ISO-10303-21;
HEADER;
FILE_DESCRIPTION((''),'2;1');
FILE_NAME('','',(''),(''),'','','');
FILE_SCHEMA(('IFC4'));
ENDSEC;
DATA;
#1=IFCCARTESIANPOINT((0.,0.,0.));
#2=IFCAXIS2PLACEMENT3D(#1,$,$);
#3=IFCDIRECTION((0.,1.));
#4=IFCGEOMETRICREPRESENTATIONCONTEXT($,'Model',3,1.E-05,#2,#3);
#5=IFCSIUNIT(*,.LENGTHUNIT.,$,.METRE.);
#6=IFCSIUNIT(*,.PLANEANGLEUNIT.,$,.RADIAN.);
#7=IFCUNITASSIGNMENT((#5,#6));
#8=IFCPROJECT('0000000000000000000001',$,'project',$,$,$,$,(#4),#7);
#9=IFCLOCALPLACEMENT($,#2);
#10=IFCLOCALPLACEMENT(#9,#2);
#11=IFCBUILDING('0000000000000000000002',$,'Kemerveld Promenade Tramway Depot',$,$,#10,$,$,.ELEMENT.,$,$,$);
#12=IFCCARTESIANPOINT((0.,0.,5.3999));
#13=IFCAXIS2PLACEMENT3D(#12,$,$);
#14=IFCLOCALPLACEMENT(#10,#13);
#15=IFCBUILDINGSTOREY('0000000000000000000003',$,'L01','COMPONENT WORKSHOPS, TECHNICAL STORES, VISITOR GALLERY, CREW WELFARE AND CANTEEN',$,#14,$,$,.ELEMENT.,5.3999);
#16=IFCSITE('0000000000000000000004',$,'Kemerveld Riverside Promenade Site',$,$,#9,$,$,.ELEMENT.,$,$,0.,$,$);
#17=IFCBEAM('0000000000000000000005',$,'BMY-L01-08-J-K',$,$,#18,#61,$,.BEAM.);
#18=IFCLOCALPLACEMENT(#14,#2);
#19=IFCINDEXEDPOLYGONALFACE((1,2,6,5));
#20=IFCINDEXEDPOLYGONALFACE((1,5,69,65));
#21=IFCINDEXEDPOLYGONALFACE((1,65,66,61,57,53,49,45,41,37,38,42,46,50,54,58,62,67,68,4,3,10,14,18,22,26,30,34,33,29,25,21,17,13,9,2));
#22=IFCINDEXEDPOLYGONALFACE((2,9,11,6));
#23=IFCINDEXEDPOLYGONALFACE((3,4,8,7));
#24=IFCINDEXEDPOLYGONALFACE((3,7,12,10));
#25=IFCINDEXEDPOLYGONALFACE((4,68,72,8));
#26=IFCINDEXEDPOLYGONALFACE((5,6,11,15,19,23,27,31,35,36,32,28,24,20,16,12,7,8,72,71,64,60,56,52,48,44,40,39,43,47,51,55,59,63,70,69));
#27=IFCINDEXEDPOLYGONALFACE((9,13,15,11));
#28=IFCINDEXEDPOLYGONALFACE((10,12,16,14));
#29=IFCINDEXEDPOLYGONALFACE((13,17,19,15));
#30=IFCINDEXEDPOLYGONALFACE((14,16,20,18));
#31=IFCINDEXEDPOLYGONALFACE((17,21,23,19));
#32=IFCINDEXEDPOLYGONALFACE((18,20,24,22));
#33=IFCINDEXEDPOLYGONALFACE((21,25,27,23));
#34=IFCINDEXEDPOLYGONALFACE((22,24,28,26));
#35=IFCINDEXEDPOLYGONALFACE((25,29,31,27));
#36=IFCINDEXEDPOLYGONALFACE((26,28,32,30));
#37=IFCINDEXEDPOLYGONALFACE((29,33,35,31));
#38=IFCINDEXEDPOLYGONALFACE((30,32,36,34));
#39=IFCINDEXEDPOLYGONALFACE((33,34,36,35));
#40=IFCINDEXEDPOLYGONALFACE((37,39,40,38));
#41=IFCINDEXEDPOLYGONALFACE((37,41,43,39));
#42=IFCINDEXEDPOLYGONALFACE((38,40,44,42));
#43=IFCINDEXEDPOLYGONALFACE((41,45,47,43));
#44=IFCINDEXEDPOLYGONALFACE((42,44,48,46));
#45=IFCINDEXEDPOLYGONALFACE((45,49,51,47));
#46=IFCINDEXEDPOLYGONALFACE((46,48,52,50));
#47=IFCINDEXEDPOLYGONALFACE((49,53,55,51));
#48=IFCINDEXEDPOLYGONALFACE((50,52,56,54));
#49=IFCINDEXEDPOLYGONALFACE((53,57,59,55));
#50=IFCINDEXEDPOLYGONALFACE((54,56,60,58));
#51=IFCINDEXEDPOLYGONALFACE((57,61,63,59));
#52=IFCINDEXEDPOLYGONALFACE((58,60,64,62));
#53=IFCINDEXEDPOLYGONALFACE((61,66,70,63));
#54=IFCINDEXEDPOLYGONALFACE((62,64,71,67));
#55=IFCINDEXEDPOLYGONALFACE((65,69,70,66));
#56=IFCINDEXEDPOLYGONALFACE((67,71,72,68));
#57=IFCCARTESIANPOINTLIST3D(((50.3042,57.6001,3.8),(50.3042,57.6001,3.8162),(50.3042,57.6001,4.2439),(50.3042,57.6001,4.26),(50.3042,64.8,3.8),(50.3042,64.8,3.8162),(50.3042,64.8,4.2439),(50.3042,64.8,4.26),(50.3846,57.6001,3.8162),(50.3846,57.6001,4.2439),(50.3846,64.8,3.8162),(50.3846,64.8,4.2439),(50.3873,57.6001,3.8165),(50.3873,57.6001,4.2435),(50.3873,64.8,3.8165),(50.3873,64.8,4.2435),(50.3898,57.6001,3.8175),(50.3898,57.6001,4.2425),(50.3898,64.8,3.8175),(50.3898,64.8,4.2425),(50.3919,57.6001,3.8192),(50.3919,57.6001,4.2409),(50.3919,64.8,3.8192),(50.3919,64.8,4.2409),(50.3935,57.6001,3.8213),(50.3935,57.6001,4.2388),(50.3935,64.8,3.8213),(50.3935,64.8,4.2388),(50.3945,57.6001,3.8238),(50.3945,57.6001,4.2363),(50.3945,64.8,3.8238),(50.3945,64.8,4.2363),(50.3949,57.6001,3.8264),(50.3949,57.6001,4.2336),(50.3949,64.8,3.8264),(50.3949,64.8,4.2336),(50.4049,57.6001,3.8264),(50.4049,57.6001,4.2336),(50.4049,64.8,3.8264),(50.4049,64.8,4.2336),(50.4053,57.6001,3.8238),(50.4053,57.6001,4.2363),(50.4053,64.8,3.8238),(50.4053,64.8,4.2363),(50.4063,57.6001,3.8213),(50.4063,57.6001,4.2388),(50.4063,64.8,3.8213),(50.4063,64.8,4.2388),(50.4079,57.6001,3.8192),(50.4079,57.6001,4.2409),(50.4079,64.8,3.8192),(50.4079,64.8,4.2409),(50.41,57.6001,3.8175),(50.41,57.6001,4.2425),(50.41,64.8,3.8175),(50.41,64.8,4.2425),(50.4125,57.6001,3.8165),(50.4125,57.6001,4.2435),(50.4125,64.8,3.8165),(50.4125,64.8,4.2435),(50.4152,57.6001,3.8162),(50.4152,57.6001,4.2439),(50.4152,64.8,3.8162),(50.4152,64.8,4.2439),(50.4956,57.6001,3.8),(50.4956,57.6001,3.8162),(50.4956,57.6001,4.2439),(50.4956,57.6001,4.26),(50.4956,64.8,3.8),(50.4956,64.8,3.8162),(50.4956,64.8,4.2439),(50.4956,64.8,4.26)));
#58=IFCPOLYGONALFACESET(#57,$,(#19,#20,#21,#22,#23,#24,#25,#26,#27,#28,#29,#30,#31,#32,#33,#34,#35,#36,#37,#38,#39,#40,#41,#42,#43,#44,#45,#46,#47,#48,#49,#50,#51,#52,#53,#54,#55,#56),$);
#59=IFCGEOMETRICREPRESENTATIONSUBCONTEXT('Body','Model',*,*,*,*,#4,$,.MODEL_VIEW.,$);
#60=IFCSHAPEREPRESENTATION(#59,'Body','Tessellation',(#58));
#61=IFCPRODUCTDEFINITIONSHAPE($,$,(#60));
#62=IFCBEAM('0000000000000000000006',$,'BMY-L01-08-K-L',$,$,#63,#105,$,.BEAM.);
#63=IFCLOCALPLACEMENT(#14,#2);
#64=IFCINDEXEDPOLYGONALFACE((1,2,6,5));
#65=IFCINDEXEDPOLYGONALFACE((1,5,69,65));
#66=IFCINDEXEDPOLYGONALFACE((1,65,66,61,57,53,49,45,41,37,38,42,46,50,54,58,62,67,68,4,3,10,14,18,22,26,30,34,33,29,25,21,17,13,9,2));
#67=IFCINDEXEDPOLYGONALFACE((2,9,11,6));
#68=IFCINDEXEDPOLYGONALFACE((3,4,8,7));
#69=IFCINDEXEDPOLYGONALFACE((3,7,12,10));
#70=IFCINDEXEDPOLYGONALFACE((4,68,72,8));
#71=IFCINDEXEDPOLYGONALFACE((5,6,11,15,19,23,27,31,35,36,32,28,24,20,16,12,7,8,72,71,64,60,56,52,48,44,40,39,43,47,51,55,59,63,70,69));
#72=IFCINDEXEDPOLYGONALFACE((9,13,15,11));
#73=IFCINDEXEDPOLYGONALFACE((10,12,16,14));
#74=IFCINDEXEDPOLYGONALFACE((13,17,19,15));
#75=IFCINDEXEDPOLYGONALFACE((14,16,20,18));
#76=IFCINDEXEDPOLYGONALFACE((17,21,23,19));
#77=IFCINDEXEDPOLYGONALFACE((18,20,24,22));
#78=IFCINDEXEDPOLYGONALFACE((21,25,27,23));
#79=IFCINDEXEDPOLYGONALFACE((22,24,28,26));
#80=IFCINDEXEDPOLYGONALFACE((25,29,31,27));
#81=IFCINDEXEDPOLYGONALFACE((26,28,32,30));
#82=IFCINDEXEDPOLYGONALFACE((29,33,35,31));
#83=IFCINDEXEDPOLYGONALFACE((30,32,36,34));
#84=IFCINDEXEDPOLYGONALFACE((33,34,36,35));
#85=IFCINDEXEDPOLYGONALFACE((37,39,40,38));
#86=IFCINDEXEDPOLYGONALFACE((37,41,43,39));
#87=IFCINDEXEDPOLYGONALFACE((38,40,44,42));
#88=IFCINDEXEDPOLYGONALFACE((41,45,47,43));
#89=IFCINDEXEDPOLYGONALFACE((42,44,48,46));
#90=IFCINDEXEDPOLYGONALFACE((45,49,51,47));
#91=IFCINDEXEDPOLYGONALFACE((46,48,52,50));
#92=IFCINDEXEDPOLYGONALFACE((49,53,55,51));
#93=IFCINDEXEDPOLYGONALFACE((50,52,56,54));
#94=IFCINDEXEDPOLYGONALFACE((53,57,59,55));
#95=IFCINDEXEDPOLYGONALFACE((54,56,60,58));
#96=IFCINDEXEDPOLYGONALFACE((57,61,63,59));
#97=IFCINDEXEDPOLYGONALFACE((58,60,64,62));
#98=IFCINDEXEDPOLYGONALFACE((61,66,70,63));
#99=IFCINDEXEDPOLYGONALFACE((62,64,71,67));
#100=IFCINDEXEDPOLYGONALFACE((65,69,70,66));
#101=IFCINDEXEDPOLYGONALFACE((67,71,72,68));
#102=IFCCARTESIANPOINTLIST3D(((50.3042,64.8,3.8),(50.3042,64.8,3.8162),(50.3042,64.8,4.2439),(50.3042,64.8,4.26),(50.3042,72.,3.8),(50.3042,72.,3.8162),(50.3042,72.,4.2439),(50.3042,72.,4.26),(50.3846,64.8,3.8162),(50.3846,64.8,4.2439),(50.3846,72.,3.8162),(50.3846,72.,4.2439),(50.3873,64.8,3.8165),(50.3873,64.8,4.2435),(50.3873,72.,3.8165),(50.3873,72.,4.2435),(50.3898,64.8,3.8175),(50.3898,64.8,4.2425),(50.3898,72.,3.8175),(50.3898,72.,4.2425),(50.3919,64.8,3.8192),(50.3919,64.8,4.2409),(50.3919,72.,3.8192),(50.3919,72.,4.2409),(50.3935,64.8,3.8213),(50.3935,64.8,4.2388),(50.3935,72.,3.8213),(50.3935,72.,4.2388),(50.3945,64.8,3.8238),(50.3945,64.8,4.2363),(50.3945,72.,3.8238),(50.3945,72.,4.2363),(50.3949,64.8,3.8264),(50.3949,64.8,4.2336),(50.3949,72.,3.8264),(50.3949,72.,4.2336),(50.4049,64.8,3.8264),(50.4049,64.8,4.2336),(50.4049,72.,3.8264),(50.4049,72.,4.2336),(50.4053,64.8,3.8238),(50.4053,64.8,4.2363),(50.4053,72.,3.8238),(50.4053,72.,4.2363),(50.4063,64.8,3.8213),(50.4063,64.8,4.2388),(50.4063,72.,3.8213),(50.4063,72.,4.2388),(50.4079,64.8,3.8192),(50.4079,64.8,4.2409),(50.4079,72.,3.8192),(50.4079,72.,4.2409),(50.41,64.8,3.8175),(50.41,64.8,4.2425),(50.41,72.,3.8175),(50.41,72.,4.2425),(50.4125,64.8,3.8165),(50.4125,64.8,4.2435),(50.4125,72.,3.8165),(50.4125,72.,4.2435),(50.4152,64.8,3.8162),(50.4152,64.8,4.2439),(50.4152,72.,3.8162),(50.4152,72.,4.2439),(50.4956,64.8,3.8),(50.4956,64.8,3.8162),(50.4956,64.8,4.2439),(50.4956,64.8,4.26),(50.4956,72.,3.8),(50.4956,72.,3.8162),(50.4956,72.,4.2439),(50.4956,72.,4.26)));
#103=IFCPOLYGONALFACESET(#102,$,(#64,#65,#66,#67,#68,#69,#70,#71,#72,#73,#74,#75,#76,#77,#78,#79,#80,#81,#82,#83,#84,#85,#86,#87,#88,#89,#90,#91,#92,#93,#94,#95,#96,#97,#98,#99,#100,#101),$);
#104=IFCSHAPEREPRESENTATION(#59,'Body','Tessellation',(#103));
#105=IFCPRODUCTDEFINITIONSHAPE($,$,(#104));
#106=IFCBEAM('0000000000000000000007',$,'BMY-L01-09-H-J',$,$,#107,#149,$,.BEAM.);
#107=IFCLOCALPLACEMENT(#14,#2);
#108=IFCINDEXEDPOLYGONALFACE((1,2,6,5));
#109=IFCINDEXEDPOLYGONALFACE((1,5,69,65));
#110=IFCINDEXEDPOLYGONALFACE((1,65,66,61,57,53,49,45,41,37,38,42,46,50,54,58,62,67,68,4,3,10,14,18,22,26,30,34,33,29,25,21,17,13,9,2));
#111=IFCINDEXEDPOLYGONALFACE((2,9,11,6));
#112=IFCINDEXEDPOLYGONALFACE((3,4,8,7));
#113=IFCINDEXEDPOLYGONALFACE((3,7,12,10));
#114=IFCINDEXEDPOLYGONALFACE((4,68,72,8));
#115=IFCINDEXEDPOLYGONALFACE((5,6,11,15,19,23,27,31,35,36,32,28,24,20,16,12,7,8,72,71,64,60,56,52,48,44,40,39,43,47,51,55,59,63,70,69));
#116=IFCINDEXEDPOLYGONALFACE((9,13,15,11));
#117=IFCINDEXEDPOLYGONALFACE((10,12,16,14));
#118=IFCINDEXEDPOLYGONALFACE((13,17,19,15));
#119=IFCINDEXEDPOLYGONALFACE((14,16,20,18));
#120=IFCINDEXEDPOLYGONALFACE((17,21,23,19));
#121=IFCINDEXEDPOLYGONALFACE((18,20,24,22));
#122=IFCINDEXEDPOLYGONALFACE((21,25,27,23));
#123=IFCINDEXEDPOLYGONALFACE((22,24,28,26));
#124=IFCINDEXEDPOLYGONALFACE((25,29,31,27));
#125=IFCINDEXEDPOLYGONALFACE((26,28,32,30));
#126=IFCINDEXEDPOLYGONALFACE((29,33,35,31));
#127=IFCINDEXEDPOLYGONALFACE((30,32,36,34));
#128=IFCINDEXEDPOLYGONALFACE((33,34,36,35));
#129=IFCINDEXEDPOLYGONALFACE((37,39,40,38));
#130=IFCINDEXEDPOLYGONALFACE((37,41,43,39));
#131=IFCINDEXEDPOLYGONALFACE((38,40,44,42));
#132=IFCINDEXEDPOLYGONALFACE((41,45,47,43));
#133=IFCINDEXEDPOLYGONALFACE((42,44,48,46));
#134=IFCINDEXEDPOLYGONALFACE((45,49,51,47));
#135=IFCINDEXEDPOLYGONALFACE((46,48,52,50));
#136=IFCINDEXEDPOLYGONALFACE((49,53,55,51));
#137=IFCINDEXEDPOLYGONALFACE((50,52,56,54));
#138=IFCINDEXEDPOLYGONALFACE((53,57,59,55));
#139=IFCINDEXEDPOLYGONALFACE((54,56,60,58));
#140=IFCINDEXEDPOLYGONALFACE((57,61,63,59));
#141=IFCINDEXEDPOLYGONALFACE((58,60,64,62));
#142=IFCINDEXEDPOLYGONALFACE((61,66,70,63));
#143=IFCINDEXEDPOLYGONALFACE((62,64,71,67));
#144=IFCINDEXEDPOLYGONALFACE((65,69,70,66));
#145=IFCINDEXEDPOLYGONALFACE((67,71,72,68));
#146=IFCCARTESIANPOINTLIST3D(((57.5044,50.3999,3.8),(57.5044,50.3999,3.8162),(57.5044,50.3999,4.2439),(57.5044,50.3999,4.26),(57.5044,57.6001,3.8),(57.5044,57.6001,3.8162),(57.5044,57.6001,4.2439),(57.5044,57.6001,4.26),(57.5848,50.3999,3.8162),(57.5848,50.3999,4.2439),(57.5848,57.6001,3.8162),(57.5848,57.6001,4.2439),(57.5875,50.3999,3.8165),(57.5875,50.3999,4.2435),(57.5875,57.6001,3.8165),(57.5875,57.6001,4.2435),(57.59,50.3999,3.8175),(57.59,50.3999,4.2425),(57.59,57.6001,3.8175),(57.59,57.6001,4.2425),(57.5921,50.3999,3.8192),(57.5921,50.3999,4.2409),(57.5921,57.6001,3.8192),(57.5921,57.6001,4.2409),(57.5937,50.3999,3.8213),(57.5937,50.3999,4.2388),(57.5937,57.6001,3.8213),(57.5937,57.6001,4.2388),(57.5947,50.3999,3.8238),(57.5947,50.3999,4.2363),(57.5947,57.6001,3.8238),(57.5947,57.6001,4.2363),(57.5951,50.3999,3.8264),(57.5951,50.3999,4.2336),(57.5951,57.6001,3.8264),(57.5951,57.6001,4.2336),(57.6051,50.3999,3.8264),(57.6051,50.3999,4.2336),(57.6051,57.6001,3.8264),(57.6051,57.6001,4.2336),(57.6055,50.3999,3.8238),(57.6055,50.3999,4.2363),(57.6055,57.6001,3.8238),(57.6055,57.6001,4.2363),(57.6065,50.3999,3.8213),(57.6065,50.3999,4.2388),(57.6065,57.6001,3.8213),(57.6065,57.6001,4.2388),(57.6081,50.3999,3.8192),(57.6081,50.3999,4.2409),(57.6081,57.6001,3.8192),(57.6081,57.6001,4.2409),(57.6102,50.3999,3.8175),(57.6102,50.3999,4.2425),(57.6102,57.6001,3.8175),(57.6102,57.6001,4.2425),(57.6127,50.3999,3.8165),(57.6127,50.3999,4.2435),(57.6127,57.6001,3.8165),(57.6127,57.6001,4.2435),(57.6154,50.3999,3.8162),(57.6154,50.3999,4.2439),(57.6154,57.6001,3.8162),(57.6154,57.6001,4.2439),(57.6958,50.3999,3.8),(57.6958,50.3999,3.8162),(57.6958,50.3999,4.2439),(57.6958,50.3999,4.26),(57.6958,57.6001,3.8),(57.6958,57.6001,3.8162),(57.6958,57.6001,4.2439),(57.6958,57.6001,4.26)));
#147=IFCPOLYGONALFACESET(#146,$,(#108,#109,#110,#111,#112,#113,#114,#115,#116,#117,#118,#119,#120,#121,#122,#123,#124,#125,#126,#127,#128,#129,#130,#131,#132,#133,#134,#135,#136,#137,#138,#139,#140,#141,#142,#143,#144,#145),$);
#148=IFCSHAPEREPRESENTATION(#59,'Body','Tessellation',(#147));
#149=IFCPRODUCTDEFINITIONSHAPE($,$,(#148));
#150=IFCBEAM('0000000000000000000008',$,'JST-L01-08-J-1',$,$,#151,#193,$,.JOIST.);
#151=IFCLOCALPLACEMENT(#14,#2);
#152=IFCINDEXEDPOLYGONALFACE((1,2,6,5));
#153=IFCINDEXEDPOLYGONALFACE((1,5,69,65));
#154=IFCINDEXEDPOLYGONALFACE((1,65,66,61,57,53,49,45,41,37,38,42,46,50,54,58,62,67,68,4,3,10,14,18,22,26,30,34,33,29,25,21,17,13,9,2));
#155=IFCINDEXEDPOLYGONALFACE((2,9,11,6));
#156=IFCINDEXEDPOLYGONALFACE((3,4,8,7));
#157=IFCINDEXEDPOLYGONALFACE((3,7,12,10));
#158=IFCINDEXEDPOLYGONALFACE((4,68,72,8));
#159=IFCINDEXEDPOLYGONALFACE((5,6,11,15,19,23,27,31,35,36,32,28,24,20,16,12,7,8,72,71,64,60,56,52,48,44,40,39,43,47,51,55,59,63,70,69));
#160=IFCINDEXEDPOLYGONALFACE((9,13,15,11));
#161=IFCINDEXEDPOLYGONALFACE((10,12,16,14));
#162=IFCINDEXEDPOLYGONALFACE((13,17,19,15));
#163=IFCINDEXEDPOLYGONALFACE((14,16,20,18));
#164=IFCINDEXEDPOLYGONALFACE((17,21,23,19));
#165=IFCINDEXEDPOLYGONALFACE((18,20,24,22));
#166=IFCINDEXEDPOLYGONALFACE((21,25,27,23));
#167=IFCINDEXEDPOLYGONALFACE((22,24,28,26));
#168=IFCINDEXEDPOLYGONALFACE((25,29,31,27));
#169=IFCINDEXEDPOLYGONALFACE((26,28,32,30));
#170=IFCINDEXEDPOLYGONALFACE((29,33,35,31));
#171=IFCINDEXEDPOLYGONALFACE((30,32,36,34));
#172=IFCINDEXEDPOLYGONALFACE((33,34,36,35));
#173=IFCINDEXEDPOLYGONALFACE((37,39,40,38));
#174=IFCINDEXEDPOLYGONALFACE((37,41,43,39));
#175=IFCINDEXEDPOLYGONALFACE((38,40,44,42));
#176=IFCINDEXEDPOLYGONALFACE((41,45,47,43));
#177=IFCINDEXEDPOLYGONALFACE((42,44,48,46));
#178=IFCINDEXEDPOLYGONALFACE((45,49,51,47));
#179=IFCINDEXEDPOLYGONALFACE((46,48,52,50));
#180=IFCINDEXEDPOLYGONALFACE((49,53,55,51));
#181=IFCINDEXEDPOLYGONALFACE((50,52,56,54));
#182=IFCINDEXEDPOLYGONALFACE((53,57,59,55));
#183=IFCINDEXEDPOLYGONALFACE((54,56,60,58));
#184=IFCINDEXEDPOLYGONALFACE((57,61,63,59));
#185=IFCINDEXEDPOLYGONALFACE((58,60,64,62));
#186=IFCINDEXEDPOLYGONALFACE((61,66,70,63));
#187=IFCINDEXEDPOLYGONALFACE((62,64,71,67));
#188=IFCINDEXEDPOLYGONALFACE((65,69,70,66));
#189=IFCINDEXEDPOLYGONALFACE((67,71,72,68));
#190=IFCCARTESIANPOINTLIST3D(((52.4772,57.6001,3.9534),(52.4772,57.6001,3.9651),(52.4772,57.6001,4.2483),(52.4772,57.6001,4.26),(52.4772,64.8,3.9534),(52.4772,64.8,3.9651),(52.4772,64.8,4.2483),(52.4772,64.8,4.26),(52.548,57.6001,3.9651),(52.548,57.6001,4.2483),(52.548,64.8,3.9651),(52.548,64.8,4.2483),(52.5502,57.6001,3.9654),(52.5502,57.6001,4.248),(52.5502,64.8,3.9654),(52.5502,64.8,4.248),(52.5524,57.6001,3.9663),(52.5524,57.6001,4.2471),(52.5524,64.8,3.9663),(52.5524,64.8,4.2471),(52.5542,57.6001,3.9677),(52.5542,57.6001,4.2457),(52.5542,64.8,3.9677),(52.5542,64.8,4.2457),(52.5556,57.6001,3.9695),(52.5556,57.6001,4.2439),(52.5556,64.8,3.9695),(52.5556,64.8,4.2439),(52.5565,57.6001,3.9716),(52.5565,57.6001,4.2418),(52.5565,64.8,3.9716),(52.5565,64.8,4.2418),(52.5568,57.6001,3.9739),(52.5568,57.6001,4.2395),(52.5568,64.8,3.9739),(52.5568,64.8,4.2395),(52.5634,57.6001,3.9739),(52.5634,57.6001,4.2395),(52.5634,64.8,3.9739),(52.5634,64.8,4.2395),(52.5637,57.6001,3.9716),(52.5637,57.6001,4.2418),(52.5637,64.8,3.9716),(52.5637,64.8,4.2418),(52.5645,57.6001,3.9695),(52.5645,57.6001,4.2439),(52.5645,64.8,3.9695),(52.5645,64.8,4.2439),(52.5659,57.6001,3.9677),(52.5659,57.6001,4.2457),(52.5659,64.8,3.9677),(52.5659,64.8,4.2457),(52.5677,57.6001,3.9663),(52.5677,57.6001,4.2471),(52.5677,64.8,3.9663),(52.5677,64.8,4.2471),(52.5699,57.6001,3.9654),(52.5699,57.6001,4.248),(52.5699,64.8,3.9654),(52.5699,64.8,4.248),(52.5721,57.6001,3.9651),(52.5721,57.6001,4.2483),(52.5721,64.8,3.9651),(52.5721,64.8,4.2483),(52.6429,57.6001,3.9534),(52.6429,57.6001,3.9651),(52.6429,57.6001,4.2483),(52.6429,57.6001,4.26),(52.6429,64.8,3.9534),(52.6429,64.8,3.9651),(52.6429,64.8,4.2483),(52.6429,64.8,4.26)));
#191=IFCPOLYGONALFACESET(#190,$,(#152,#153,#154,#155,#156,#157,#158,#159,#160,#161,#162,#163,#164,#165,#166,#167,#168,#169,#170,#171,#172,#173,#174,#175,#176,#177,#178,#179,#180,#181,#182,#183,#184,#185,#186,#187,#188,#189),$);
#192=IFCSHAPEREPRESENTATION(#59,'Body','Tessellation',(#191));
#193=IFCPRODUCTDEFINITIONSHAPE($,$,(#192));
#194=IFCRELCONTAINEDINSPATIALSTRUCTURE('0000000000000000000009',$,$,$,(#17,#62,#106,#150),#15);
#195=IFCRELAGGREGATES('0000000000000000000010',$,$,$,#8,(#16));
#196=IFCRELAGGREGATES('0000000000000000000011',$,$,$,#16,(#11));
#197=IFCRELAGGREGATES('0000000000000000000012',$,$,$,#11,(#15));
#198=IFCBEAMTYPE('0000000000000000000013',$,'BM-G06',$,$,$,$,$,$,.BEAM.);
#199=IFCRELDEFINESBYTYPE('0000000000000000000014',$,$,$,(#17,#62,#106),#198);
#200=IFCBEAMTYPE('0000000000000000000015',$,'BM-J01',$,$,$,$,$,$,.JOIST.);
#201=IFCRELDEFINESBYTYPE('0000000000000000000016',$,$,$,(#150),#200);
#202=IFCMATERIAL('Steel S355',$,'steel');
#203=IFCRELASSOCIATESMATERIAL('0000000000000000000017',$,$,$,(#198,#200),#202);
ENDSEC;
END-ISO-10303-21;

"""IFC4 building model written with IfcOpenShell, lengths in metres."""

from ifc_helpers import new_model, si_unit, direction, frame, origin, origin_2d, place, context, subcontext, project, spatial, i_section, extrude, material, material_profile, profile_set, type_object, element, save


model = new_model("IFC4")

# Units and contexts
model_context = context("Model", 3, precision=1e-05, world=origin(), true_north=direction((0.0, 1.0)))
body_context = subcontext(model_context, "Body", "Model", "MODEL_VIEW")
ifc_project = project(units=[si_unit("LENGTHUNIT", "METRE"), si_unit("PLANEANGLEUNIT", "RADIAN")], contexts=[model_context])

# Site, building, storey
site_placement = place(None, origin())
site = spatial("IfcSite", under=ifc_project, at=site_placement, Name="Kemerveld Riverside Promenade Site", CompositionType="ELEMENT", RefElevation=0.0)
building_placement = place(site_placement, origin())
building = spatial("IfcBuilding", under=site, at=building_placement, Name="Kemerveld Promenade Tramway Depot", CompositionType="ELEMENT")
storey_placement = place(building_placement, frame((0.0, 0.0, 5.3999)))
storey = spatial("IfcBuildingStorey", under=building, at=storey_placement, Name="L01", Description="COMPONENT WORKSHOPS, TECHNICAL STORES, VISITOR GALLERY, CREW WELFARE AND CANTEEN", CompositionType="ELEMENT", Elevation=5.3999)

# Shared definitions
ifc_material_1 = material(Name="Steel S355", Category="steel")

# Beams
ifc_material_profile_1 = material_profile(ifc_material_1, i_section(OverallWidth=0.1914, OverallDepth=0.46, WebThickness=0.01, FlangeThickness=0.0161, FilletRadius=0.0103, at=origin_2d()), Name="457x191x82 UB")
ifc_profile_set_1 = profile_set([ifc_material_profile_1], Name="Steel S355")
beam_type_1 = type_object("IfcBeamType", Name="BM-G06", PredefinedType="BEAM", material=ifc_profile_set_1)
for number, where, z_axis, x_axis, name in (
    (1, (50.3999, 57.6001, 4.03), (0.0, 1.0, 0.0), (-1.0, 0.0, 0.0), "BMY-L01-08-J-K"),
    (2, (50.3999, 64.8, 4.03), (0.0, 1.0, 0.0), (-1.0, 0.0, 0.0), "BMY-L01-08-K-L"),
):
    element("IfcBeam", number, at=place(storey_placement, frame(where, z_axis=z_axis, x_axis=x_axis)), inside=storey, type_object=beam_type_1, Name=name, PredefinedType="BEAM", context=body_context, shape_type="SweptSolid", body=[
        extrude(i_section(OverallWidth=0.1914, OverallDepth=0.46, WebThickness=0.01, FlangeThickness=0.0161, FilletRadius=0.0103, at=origin_2d()), origin(), (0.0, 0.0, 1.0), 7.2),
    ])
beam_1_placement = place(storey_placement, frame((57.6001, 50.3999, 4.03), z_axis=(0.0, 1.0, 0.0), x_axis=(-1.0, 0.0, 0.0)))
element("IfcBeam", 3, at=beam_1_placement, inside=storey, type_object=beam_type_1, Name="BMY-L01-09-H-J", PredefinedType="BEAM", context=body_context, shape_type="SweptSolid", body=[
    extrude(i_section(OverallWidth=0.1914, OverallDepth=0.46, WebThickness=0.01, FlangeThickness=0.0161, FilletRadius=0.0103, at=origin_2d()), origin(), (0.0, 0.0, 1.0), 7.2002),
])
ifc_material_profile_2 = material_profile(ifc_material_1, i_section(OverallWidth=0.1658, OverallDepth=0.3066, WebThickness=0.0066, FlangeThickness=0.0117, FilletRadius=0.0088, at=origin_2d()), Name="305x165x46 UB")
ifc_profile_set_2 = profile_set([ifc_material_profile_2], Name="Steel S355")
beam_type_2 = type_object("IfcBeamType", Name="BM-J01", PredefinedType="JOIST", material=ifc_profile_set_2)
for number, where, z_axis, x_axis, name in (
    (4, (52.5601, 57.6001, 4.1067), (0.0, 1.0, 0.0), (-1.0, 0.0, 0.0), "JST-L01-08-J-1"),
):
    element("IfcBeam", number, at=place(storey_placement, frame(where, z_axis=z_axis, x_axis=x_axis)), inside=storey, type_object=beam_type_2, Name=name, PredefinedType="JOIST", context=body_context, shape_type="SweptSolid", body=[
        extrude(i_section(OverallWidth=0.1658, OverallDepth=0.3066, WebThickness=0.0066, FlangeThickness=0.0117, FilletRadius=0.0088, at=origin_2d()), origin(), (0.0, 0.0, 1.0), 7.2),
    ])

save(model, "model.ifc")
